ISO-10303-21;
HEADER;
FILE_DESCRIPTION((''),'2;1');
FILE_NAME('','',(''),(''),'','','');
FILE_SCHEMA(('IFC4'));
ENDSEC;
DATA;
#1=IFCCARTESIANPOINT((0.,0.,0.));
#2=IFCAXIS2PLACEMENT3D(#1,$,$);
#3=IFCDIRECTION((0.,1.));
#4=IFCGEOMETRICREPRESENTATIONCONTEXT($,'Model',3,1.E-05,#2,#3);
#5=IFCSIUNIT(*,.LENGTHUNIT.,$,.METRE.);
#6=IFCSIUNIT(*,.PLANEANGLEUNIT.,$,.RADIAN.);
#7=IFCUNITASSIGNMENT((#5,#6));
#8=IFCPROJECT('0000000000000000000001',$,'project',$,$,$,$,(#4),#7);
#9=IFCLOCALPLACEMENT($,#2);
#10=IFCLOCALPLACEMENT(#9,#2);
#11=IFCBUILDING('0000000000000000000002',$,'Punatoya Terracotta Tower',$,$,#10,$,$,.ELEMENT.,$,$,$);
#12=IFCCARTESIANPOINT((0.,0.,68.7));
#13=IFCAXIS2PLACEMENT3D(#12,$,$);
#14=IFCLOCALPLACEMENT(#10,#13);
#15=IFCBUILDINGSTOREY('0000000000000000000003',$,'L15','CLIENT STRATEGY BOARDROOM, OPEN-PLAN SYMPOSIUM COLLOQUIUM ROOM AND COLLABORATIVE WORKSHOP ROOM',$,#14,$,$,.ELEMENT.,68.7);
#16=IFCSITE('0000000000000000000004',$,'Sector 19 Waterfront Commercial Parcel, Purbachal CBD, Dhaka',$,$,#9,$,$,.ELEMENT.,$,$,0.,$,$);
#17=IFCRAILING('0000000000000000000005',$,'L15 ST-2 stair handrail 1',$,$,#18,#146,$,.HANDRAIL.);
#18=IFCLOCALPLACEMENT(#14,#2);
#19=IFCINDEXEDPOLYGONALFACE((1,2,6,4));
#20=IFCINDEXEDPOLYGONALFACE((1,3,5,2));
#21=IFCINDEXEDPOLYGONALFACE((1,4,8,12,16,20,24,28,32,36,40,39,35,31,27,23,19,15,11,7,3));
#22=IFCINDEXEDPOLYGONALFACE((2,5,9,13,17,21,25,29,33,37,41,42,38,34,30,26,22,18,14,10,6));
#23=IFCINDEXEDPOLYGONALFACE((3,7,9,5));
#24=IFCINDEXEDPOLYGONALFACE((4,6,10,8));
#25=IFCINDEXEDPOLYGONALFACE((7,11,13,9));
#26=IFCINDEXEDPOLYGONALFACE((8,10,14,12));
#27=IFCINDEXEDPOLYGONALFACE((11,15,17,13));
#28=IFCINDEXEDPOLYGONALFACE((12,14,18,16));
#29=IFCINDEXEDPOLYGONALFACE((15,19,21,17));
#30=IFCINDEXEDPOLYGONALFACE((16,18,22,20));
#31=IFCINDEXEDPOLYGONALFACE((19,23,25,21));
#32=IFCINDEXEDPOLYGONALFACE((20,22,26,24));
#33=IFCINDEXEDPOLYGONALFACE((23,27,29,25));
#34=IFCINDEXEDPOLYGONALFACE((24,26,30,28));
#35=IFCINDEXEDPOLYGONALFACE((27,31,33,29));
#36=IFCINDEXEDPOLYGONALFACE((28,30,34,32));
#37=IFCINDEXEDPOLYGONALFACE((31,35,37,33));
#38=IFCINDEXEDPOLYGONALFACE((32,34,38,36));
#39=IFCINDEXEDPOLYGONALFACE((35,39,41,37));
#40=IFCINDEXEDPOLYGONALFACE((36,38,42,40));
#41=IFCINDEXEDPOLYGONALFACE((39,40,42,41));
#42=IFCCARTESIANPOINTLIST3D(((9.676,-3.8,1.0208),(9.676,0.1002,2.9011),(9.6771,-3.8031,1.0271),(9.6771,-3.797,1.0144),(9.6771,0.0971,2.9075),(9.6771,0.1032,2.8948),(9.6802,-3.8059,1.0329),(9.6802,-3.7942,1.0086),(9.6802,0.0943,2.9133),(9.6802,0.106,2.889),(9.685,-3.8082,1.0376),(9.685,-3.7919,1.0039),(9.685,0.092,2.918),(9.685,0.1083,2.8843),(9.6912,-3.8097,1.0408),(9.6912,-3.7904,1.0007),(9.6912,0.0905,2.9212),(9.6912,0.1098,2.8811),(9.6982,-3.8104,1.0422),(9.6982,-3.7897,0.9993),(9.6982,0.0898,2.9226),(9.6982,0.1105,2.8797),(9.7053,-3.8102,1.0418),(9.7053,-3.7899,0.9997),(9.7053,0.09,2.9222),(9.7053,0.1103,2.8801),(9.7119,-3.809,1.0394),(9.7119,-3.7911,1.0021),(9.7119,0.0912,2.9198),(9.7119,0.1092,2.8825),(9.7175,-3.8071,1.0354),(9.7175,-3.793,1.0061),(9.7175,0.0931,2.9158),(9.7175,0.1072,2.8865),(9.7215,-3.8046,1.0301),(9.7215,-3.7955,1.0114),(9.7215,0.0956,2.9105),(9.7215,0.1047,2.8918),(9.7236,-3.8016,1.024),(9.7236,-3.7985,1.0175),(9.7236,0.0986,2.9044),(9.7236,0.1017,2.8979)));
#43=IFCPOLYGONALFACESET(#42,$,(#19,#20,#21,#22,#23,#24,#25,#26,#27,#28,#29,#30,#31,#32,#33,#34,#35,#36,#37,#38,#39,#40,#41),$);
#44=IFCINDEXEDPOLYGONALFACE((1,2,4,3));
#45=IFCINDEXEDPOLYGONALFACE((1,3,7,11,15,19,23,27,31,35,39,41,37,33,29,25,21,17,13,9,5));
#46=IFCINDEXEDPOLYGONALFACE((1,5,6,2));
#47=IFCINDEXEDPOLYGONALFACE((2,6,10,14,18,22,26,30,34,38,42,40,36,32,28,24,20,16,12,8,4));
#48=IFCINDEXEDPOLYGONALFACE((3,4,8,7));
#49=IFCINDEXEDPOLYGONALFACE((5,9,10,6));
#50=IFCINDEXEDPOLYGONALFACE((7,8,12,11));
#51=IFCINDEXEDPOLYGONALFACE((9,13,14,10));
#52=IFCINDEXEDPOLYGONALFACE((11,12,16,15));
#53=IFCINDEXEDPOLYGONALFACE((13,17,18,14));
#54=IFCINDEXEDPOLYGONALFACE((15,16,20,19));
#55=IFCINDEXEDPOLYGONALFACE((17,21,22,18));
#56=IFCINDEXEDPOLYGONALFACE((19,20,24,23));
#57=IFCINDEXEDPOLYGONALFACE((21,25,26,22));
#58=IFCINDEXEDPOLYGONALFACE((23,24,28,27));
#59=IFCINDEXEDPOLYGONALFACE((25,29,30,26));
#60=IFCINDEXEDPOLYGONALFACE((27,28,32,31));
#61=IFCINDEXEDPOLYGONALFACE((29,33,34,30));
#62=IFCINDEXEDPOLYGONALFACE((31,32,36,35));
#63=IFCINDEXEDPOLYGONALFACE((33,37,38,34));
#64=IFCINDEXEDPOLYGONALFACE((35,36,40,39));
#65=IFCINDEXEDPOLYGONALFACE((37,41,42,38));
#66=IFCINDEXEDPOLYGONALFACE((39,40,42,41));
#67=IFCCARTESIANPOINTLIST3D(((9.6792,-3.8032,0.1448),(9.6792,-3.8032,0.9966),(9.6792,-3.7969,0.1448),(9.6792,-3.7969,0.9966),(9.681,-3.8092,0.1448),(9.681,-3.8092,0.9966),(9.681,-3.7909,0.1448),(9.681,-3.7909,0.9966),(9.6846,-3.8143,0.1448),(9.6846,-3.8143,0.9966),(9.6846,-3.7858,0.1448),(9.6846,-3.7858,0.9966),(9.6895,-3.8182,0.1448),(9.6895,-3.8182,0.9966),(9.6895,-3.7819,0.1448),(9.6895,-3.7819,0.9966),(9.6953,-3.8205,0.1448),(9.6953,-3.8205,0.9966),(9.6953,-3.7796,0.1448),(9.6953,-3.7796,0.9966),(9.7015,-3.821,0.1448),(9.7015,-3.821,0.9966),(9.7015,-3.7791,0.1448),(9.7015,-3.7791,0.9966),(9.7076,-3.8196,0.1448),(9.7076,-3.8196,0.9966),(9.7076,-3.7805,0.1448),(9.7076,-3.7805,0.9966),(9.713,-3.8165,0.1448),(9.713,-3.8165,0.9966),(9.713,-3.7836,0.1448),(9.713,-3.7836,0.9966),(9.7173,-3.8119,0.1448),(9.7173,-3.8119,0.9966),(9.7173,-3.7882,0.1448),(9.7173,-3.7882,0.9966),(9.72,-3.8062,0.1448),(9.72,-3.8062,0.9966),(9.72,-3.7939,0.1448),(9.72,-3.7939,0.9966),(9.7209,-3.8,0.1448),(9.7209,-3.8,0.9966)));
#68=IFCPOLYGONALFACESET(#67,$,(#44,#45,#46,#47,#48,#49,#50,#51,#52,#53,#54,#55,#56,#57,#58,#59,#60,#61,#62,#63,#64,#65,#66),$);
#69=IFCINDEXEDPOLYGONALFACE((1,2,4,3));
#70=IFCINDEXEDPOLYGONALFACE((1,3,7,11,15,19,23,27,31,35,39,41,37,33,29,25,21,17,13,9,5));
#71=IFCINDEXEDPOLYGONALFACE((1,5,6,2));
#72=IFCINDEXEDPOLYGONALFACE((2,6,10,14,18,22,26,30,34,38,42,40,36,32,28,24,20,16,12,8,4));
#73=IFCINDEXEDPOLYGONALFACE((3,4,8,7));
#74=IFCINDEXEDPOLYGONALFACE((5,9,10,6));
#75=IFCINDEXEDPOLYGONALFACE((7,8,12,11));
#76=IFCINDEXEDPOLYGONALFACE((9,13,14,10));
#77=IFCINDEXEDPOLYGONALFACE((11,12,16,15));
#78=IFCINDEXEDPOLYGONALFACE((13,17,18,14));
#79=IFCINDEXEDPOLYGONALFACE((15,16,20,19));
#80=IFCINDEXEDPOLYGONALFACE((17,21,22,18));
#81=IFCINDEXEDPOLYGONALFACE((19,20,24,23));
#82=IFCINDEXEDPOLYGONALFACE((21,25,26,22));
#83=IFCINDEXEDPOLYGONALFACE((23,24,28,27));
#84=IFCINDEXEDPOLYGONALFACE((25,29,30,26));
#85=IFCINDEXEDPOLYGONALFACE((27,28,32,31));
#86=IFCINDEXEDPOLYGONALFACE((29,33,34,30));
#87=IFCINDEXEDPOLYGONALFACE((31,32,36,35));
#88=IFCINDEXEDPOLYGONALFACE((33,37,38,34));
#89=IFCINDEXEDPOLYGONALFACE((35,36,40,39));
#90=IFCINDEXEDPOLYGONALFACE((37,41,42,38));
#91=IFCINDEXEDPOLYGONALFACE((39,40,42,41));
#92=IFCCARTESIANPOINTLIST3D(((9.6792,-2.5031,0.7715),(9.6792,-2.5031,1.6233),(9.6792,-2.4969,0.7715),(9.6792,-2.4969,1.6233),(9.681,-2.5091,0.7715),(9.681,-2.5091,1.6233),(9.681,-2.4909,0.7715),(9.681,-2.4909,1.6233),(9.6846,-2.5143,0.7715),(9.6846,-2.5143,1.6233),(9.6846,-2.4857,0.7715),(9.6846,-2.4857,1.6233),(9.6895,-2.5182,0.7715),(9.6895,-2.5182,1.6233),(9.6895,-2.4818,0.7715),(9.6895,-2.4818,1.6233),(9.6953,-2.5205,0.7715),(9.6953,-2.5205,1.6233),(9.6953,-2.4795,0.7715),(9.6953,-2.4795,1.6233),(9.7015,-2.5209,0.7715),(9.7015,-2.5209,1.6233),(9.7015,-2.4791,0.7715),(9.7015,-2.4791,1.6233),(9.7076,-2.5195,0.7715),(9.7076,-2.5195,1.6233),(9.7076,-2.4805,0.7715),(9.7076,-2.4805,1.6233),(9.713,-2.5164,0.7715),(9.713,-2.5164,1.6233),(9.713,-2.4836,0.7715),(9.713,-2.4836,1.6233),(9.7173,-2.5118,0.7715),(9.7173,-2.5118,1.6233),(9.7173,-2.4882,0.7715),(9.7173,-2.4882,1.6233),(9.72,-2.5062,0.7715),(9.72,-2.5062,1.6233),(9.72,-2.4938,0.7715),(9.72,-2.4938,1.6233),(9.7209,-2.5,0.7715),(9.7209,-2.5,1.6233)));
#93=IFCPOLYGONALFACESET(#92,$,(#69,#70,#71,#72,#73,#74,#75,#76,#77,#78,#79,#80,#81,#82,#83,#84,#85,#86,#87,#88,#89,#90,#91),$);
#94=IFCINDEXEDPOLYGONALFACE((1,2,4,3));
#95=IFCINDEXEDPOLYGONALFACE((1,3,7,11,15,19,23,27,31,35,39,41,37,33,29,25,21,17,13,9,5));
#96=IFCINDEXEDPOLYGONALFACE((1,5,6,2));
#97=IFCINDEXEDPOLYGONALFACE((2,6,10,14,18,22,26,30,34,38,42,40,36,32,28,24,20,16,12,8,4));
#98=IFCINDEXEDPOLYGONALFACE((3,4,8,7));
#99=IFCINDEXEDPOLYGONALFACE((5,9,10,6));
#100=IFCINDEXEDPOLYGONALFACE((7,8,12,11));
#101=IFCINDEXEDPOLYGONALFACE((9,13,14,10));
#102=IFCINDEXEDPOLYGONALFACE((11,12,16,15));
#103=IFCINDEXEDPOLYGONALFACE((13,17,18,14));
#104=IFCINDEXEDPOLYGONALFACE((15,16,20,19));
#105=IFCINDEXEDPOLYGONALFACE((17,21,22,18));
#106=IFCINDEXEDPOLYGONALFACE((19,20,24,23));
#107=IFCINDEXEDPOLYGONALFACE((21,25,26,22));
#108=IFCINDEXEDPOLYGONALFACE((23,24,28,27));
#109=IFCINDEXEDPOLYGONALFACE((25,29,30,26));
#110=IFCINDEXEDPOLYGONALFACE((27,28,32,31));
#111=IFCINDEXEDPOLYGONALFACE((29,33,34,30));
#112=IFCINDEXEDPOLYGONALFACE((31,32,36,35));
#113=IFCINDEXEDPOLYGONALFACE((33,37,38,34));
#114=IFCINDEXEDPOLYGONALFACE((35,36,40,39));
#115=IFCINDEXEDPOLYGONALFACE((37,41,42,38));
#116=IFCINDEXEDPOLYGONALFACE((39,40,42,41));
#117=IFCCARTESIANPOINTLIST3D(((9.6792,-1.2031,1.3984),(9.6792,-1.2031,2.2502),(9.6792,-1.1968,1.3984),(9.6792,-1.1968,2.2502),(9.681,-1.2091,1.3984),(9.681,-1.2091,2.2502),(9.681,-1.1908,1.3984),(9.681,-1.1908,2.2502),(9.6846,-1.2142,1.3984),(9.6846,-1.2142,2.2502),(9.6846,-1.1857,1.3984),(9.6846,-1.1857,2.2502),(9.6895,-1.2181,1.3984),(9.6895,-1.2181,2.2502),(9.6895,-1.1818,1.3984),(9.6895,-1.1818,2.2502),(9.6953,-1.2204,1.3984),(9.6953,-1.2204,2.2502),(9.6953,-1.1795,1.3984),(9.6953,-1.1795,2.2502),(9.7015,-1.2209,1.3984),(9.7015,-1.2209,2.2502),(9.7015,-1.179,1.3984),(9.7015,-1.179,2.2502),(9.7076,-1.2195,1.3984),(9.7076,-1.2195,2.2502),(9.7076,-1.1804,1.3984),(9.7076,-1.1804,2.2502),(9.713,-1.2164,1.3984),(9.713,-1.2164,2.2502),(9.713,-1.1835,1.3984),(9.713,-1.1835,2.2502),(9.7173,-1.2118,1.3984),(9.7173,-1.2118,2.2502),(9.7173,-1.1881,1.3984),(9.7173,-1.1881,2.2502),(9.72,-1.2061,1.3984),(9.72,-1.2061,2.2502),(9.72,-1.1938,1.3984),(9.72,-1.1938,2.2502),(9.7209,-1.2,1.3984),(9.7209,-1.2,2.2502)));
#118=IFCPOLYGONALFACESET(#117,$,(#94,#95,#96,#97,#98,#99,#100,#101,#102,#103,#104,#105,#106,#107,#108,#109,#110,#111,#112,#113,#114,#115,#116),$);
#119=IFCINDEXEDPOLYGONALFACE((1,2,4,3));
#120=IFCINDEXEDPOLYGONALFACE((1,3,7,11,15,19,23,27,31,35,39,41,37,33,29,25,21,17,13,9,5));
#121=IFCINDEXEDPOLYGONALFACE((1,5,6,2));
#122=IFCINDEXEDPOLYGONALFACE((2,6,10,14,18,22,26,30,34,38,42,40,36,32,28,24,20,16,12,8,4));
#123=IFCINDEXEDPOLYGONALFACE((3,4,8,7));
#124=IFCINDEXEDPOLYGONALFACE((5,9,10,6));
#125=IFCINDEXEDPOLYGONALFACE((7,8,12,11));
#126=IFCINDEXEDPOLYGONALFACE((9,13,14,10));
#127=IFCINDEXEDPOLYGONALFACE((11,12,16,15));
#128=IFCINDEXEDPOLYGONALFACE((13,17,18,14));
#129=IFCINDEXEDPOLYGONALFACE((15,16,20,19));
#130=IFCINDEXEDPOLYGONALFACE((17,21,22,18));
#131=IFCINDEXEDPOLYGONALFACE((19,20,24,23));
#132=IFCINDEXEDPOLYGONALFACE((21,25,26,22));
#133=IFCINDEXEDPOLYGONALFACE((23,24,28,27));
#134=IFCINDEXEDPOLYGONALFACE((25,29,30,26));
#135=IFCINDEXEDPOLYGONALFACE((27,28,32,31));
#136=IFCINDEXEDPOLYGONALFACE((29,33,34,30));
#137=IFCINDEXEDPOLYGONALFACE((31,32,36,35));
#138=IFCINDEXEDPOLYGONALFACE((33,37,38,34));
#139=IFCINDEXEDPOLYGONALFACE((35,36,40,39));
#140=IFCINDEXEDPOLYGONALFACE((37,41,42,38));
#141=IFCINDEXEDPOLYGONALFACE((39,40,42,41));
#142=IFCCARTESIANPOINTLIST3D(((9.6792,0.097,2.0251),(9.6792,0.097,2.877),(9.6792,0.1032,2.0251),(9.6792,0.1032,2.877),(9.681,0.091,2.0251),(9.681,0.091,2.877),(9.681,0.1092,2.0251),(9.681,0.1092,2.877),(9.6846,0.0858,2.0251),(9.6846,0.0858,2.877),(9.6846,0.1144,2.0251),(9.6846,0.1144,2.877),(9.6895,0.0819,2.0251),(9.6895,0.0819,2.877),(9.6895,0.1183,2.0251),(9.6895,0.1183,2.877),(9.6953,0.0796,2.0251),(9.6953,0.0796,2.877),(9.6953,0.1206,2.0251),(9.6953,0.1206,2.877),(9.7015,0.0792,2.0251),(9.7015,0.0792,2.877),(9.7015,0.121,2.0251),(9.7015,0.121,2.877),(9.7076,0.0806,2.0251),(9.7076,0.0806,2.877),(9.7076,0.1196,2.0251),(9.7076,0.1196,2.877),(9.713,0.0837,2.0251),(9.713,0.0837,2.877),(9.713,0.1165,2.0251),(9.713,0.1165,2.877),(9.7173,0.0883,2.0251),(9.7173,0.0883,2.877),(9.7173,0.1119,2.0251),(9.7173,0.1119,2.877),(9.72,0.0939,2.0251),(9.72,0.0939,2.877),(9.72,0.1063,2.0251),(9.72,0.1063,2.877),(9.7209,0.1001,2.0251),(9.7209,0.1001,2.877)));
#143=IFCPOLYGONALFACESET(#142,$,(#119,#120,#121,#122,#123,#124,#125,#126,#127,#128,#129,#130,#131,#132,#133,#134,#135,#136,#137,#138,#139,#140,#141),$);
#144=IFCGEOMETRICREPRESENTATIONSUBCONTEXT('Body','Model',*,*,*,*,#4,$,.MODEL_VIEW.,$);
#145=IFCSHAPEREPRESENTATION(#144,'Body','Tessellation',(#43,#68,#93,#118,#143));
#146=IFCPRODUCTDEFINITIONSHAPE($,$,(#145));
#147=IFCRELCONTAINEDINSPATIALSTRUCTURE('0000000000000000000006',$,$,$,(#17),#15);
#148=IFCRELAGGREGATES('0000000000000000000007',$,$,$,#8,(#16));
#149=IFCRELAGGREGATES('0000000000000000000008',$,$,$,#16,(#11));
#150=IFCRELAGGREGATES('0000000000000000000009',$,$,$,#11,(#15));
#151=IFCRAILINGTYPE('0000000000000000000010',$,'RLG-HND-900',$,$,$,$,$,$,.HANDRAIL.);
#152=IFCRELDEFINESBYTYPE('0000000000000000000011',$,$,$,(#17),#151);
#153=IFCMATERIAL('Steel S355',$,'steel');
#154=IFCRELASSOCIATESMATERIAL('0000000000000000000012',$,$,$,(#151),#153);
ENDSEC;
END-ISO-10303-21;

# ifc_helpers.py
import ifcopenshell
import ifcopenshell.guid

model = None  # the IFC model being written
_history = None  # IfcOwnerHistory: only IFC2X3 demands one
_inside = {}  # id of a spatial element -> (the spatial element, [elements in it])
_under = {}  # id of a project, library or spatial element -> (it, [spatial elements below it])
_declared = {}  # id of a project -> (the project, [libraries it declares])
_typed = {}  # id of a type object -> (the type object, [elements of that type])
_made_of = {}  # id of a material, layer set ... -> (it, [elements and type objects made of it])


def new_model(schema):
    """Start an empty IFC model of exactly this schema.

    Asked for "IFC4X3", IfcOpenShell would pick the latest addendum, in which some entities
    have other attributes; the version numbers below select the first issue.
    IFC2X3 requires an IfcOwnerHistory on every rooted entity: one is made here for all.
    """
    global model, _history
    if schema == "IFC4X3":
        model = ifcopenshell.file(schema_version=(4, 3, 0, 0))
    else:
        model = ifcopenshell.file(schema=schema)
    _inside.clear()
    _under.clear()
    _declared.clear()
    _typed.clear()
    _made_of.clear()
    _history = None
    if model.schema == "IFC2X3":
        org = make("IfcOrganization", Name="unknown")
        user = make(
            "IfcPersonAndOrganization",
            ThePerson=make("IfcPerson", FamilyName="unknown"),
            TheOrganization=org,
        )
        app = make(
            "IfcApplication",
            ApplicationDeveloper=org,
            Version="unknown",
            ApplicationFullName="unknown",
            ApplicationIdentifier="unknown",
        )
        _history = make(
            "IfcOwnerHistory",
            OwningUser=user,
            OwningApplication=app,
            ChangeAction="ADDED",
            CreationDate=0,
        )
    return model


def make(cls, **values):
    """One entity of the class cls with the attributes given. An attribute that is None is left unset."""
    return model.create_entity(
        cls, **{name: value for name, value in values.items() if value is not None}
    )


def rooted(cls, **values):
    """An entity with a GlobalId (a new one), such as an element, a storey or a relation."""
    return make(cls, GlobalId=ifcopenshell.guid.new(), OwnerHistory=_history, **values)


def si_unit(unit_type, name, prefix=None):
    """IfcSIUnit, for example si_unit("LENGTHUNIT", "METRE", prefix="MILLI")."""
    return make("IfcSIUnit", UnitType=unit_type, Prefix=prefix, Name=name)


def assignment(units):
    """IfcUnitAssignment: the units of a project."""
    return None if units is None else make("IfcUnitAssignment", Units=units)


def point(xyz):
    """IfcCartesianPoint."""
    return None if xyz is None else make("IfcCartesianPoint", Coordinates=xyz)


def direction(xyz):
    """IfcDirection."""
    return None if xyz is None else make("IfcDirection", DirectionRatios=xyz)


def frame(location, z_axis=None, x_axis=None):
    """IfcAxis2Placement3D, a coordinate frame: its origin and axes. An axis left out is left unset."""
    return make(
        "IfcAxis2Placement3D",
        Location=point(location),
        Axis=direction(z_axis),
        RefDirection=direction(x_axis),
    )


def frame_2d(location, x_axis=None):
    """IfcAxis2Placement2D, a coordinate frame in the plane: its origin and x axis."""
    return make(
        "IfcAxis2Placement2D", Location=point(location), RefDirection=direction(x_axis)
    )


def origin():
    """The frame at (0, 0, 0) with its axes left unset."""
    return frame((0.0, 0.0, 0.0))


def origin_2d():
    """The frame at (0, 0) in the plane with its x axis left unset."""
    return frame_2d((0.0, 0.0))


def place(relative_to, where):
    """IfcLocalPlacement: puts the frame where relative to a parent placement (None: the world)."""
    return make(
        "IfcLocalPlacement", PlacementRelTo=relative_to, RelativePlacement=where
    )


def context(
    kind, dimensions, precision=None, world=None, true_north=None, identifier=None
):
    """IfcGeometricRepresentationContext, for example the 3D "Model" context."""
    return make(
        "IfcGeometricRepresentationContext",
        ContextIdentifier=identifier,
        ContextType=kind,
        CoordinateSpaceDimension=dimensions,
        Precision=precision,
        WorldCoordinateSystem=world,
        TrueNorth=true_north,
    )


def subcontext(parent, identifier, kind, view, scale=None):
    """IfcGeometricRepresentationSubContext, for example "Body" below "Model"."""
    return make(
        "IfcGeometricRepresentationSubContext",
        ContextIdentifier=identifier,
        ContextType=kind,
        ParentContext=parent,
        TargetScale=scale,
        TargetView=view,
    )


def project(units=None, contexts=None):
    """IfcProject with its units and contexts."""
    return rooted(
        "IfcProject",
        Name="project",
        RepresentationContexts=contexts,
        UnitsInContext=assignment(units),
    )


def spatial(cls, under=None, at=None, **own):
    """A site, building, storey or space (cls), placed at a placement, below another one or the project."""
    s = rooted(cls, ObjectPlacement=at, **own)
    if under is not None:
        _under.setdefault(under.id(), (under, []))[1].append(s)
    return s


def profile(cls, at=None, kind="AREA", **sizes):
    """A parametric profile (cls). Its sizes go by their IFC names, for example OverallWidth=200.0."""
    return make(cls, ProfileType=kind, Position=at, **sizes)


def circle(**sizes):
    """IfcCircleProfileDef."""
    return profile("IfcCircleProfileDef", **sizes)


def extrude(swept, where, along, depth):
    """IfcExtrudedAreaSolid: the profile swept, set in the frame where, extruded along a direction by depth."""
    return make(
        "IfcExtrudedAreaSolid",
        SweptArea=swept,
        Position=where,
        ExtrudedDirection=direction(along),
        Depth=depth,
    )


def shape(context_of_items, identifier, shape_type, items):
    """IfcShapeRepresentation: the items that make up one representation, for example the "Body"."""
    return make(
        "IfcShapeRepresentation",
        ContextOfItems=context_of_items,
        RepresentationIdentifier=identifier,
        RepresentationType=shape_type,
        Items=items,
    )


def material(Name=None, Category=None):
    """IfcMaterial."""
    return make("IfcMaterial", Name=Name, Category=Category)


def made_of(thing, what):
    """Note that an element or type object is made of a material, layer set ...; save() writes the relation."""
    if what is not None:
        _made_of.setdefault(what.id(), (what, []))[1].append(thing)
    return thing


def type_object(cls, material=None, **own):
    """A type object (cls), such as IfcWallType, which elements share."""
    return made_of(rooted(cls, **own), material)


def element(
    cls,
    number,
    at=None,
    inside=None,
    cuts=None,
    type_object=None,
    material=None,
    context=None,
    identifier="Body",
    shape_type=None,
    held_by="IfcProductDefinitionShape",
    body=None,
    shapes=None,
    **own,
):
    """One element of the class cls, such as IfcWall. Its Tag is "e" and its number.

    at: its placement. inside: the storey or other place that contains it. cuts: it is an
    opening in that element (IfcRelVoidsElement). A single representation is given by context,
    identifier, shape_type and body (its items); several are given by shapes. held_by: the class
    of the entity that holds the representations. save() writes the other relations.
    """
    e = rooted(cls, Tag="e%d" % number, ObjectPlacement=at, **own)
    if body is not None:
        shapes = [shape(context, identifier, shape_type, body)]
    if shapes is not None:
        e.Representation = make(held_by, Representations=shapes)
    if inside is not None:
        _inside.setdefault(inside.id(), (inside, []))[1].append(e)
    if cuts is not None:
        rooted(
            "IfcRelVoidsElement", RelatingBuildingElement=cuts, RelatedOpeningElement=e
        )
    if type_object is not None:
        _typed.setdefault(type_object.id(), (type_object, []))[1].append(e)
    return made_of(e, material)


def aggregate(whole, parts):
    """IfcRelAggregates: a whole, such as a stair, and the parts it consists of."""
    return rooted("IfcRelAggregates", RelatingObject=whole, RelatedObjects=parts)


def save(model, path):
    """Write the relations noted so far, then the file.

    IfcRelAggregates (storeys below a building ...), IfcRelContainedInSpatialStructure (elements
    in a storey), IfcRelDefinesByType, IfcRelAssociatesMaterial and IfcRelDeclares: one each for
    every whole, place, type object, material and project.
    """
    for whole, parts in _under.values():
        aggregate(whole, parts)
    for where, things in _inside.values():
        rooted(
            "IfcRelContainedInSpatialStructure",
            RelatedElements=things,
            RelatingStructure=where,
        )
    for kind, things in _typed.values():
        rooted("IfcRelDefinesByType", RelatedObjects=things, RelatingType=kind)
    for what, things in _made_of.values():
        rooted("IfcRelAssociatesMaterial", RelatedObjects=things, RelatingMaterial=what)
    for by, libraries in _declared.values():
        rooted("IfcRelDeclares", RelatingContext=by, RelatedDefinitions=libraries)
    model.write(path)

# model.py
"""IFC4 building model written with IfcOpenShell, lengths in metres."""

from ifc_helpers import new_model, si_unit, direction, frame, origin, origin_2d, place, context, subcontext, project, spatial, circle, extrude, material, type_object, element, save


model = new_model("IFC4")

# Units and contexts
model_context = context("Model", 3, precision=1e-05, world=origin(), true_north=direction((0.0, 1.0)))
body_context = subcontext(model_context, "Body", "Model", "MODEL_VIEW")
ifc_project = project(units=[si_unit("LENGTHUNIT", "METRE"), si_unit("PLANEANGLEUNIT", "RADIAN")], contexts=[model_context])

# Site, building, storey
site_placement = place(None, origin())
site = spatial("IfcSite", under=ifc_project, at=site_placement, Name="Sector 19 Waterfront Commercial Parcel, Purbachal CBD, Dhaka", CompositionType="ELEMENT", RefElevation=0.0)
building_placement = place(site_placement, origin())
building = spatial("IfcBuilding", under=site, at=building_placement, Name="Punatoya Terracotta Tower", CompositionType="ELEMENT")
storey_placement = place(building_placement, frame((0.0, 0.0, 68.7)))
storey = spatial("IfcBuildingStorey", under=building, at=storey_placement, Name="L15", Description="CLIENT STRATEGY BOARDROOM, OPEN-PLAN SYMPOSIUM COLLOQUIUM ROOM AND COLLABORATIVE WORKSHOP ROOM", CompositionType="ELEMENT", Elevation=68.7)

# Shared definitions
ifc_material_1 = material(Name="Steel S355", Category="steel")

# Railing
railing_type_1 = type_object("IfcRailingType", Name="RLG-HND-900", PredefinedType="HANDRAIL", material=ifc_material_1)
railing_1_placement = place(storey_placement, frame((9.7, -3.8, 0.1448)))
element("IfcRailing", 1, at=railing_1_placement, inside=storey, type_object=railing_type_1, Name="L15 ST-2 stair handrail 1", PredefinedType="HANDRAIL", context=body_context, shape_type="SweptSolid", body=[
    extrude(circle(Radius=0.0239, at=origin_2d()), frame((0.0, 0.0, 0.876), z_axis=(0.0, 0.900774, 0.434289), x_axis=(-1.0, 0.0, 0.0)), (0.0, 0.0, 1.0), 4.3298),
    extrude(circle(Radius=0.021, at=origin_2d()), origin(), (0.0, 0.0, 1.0), 0.8518),
    extrude(circle(Radius=0.021, at=origin_2d()), frame((0.0, 1.3, 0.6267)), (0.0, 0.0, 1.0), 0.8518),
    extrude(circle(Radius=0.021, at=origin_2d()), frame((0.0, 2.6001, 1.2537)), (0.0, 0.0, 1.0), 0.8518),
    extrude(circle(Radius=0.021, at=origin_2d()), frame((0.0, 3.9001, 1.8804)), (0.0, 0.0, 1.0), 0.8518),
])

save(model, "model.ifc")
